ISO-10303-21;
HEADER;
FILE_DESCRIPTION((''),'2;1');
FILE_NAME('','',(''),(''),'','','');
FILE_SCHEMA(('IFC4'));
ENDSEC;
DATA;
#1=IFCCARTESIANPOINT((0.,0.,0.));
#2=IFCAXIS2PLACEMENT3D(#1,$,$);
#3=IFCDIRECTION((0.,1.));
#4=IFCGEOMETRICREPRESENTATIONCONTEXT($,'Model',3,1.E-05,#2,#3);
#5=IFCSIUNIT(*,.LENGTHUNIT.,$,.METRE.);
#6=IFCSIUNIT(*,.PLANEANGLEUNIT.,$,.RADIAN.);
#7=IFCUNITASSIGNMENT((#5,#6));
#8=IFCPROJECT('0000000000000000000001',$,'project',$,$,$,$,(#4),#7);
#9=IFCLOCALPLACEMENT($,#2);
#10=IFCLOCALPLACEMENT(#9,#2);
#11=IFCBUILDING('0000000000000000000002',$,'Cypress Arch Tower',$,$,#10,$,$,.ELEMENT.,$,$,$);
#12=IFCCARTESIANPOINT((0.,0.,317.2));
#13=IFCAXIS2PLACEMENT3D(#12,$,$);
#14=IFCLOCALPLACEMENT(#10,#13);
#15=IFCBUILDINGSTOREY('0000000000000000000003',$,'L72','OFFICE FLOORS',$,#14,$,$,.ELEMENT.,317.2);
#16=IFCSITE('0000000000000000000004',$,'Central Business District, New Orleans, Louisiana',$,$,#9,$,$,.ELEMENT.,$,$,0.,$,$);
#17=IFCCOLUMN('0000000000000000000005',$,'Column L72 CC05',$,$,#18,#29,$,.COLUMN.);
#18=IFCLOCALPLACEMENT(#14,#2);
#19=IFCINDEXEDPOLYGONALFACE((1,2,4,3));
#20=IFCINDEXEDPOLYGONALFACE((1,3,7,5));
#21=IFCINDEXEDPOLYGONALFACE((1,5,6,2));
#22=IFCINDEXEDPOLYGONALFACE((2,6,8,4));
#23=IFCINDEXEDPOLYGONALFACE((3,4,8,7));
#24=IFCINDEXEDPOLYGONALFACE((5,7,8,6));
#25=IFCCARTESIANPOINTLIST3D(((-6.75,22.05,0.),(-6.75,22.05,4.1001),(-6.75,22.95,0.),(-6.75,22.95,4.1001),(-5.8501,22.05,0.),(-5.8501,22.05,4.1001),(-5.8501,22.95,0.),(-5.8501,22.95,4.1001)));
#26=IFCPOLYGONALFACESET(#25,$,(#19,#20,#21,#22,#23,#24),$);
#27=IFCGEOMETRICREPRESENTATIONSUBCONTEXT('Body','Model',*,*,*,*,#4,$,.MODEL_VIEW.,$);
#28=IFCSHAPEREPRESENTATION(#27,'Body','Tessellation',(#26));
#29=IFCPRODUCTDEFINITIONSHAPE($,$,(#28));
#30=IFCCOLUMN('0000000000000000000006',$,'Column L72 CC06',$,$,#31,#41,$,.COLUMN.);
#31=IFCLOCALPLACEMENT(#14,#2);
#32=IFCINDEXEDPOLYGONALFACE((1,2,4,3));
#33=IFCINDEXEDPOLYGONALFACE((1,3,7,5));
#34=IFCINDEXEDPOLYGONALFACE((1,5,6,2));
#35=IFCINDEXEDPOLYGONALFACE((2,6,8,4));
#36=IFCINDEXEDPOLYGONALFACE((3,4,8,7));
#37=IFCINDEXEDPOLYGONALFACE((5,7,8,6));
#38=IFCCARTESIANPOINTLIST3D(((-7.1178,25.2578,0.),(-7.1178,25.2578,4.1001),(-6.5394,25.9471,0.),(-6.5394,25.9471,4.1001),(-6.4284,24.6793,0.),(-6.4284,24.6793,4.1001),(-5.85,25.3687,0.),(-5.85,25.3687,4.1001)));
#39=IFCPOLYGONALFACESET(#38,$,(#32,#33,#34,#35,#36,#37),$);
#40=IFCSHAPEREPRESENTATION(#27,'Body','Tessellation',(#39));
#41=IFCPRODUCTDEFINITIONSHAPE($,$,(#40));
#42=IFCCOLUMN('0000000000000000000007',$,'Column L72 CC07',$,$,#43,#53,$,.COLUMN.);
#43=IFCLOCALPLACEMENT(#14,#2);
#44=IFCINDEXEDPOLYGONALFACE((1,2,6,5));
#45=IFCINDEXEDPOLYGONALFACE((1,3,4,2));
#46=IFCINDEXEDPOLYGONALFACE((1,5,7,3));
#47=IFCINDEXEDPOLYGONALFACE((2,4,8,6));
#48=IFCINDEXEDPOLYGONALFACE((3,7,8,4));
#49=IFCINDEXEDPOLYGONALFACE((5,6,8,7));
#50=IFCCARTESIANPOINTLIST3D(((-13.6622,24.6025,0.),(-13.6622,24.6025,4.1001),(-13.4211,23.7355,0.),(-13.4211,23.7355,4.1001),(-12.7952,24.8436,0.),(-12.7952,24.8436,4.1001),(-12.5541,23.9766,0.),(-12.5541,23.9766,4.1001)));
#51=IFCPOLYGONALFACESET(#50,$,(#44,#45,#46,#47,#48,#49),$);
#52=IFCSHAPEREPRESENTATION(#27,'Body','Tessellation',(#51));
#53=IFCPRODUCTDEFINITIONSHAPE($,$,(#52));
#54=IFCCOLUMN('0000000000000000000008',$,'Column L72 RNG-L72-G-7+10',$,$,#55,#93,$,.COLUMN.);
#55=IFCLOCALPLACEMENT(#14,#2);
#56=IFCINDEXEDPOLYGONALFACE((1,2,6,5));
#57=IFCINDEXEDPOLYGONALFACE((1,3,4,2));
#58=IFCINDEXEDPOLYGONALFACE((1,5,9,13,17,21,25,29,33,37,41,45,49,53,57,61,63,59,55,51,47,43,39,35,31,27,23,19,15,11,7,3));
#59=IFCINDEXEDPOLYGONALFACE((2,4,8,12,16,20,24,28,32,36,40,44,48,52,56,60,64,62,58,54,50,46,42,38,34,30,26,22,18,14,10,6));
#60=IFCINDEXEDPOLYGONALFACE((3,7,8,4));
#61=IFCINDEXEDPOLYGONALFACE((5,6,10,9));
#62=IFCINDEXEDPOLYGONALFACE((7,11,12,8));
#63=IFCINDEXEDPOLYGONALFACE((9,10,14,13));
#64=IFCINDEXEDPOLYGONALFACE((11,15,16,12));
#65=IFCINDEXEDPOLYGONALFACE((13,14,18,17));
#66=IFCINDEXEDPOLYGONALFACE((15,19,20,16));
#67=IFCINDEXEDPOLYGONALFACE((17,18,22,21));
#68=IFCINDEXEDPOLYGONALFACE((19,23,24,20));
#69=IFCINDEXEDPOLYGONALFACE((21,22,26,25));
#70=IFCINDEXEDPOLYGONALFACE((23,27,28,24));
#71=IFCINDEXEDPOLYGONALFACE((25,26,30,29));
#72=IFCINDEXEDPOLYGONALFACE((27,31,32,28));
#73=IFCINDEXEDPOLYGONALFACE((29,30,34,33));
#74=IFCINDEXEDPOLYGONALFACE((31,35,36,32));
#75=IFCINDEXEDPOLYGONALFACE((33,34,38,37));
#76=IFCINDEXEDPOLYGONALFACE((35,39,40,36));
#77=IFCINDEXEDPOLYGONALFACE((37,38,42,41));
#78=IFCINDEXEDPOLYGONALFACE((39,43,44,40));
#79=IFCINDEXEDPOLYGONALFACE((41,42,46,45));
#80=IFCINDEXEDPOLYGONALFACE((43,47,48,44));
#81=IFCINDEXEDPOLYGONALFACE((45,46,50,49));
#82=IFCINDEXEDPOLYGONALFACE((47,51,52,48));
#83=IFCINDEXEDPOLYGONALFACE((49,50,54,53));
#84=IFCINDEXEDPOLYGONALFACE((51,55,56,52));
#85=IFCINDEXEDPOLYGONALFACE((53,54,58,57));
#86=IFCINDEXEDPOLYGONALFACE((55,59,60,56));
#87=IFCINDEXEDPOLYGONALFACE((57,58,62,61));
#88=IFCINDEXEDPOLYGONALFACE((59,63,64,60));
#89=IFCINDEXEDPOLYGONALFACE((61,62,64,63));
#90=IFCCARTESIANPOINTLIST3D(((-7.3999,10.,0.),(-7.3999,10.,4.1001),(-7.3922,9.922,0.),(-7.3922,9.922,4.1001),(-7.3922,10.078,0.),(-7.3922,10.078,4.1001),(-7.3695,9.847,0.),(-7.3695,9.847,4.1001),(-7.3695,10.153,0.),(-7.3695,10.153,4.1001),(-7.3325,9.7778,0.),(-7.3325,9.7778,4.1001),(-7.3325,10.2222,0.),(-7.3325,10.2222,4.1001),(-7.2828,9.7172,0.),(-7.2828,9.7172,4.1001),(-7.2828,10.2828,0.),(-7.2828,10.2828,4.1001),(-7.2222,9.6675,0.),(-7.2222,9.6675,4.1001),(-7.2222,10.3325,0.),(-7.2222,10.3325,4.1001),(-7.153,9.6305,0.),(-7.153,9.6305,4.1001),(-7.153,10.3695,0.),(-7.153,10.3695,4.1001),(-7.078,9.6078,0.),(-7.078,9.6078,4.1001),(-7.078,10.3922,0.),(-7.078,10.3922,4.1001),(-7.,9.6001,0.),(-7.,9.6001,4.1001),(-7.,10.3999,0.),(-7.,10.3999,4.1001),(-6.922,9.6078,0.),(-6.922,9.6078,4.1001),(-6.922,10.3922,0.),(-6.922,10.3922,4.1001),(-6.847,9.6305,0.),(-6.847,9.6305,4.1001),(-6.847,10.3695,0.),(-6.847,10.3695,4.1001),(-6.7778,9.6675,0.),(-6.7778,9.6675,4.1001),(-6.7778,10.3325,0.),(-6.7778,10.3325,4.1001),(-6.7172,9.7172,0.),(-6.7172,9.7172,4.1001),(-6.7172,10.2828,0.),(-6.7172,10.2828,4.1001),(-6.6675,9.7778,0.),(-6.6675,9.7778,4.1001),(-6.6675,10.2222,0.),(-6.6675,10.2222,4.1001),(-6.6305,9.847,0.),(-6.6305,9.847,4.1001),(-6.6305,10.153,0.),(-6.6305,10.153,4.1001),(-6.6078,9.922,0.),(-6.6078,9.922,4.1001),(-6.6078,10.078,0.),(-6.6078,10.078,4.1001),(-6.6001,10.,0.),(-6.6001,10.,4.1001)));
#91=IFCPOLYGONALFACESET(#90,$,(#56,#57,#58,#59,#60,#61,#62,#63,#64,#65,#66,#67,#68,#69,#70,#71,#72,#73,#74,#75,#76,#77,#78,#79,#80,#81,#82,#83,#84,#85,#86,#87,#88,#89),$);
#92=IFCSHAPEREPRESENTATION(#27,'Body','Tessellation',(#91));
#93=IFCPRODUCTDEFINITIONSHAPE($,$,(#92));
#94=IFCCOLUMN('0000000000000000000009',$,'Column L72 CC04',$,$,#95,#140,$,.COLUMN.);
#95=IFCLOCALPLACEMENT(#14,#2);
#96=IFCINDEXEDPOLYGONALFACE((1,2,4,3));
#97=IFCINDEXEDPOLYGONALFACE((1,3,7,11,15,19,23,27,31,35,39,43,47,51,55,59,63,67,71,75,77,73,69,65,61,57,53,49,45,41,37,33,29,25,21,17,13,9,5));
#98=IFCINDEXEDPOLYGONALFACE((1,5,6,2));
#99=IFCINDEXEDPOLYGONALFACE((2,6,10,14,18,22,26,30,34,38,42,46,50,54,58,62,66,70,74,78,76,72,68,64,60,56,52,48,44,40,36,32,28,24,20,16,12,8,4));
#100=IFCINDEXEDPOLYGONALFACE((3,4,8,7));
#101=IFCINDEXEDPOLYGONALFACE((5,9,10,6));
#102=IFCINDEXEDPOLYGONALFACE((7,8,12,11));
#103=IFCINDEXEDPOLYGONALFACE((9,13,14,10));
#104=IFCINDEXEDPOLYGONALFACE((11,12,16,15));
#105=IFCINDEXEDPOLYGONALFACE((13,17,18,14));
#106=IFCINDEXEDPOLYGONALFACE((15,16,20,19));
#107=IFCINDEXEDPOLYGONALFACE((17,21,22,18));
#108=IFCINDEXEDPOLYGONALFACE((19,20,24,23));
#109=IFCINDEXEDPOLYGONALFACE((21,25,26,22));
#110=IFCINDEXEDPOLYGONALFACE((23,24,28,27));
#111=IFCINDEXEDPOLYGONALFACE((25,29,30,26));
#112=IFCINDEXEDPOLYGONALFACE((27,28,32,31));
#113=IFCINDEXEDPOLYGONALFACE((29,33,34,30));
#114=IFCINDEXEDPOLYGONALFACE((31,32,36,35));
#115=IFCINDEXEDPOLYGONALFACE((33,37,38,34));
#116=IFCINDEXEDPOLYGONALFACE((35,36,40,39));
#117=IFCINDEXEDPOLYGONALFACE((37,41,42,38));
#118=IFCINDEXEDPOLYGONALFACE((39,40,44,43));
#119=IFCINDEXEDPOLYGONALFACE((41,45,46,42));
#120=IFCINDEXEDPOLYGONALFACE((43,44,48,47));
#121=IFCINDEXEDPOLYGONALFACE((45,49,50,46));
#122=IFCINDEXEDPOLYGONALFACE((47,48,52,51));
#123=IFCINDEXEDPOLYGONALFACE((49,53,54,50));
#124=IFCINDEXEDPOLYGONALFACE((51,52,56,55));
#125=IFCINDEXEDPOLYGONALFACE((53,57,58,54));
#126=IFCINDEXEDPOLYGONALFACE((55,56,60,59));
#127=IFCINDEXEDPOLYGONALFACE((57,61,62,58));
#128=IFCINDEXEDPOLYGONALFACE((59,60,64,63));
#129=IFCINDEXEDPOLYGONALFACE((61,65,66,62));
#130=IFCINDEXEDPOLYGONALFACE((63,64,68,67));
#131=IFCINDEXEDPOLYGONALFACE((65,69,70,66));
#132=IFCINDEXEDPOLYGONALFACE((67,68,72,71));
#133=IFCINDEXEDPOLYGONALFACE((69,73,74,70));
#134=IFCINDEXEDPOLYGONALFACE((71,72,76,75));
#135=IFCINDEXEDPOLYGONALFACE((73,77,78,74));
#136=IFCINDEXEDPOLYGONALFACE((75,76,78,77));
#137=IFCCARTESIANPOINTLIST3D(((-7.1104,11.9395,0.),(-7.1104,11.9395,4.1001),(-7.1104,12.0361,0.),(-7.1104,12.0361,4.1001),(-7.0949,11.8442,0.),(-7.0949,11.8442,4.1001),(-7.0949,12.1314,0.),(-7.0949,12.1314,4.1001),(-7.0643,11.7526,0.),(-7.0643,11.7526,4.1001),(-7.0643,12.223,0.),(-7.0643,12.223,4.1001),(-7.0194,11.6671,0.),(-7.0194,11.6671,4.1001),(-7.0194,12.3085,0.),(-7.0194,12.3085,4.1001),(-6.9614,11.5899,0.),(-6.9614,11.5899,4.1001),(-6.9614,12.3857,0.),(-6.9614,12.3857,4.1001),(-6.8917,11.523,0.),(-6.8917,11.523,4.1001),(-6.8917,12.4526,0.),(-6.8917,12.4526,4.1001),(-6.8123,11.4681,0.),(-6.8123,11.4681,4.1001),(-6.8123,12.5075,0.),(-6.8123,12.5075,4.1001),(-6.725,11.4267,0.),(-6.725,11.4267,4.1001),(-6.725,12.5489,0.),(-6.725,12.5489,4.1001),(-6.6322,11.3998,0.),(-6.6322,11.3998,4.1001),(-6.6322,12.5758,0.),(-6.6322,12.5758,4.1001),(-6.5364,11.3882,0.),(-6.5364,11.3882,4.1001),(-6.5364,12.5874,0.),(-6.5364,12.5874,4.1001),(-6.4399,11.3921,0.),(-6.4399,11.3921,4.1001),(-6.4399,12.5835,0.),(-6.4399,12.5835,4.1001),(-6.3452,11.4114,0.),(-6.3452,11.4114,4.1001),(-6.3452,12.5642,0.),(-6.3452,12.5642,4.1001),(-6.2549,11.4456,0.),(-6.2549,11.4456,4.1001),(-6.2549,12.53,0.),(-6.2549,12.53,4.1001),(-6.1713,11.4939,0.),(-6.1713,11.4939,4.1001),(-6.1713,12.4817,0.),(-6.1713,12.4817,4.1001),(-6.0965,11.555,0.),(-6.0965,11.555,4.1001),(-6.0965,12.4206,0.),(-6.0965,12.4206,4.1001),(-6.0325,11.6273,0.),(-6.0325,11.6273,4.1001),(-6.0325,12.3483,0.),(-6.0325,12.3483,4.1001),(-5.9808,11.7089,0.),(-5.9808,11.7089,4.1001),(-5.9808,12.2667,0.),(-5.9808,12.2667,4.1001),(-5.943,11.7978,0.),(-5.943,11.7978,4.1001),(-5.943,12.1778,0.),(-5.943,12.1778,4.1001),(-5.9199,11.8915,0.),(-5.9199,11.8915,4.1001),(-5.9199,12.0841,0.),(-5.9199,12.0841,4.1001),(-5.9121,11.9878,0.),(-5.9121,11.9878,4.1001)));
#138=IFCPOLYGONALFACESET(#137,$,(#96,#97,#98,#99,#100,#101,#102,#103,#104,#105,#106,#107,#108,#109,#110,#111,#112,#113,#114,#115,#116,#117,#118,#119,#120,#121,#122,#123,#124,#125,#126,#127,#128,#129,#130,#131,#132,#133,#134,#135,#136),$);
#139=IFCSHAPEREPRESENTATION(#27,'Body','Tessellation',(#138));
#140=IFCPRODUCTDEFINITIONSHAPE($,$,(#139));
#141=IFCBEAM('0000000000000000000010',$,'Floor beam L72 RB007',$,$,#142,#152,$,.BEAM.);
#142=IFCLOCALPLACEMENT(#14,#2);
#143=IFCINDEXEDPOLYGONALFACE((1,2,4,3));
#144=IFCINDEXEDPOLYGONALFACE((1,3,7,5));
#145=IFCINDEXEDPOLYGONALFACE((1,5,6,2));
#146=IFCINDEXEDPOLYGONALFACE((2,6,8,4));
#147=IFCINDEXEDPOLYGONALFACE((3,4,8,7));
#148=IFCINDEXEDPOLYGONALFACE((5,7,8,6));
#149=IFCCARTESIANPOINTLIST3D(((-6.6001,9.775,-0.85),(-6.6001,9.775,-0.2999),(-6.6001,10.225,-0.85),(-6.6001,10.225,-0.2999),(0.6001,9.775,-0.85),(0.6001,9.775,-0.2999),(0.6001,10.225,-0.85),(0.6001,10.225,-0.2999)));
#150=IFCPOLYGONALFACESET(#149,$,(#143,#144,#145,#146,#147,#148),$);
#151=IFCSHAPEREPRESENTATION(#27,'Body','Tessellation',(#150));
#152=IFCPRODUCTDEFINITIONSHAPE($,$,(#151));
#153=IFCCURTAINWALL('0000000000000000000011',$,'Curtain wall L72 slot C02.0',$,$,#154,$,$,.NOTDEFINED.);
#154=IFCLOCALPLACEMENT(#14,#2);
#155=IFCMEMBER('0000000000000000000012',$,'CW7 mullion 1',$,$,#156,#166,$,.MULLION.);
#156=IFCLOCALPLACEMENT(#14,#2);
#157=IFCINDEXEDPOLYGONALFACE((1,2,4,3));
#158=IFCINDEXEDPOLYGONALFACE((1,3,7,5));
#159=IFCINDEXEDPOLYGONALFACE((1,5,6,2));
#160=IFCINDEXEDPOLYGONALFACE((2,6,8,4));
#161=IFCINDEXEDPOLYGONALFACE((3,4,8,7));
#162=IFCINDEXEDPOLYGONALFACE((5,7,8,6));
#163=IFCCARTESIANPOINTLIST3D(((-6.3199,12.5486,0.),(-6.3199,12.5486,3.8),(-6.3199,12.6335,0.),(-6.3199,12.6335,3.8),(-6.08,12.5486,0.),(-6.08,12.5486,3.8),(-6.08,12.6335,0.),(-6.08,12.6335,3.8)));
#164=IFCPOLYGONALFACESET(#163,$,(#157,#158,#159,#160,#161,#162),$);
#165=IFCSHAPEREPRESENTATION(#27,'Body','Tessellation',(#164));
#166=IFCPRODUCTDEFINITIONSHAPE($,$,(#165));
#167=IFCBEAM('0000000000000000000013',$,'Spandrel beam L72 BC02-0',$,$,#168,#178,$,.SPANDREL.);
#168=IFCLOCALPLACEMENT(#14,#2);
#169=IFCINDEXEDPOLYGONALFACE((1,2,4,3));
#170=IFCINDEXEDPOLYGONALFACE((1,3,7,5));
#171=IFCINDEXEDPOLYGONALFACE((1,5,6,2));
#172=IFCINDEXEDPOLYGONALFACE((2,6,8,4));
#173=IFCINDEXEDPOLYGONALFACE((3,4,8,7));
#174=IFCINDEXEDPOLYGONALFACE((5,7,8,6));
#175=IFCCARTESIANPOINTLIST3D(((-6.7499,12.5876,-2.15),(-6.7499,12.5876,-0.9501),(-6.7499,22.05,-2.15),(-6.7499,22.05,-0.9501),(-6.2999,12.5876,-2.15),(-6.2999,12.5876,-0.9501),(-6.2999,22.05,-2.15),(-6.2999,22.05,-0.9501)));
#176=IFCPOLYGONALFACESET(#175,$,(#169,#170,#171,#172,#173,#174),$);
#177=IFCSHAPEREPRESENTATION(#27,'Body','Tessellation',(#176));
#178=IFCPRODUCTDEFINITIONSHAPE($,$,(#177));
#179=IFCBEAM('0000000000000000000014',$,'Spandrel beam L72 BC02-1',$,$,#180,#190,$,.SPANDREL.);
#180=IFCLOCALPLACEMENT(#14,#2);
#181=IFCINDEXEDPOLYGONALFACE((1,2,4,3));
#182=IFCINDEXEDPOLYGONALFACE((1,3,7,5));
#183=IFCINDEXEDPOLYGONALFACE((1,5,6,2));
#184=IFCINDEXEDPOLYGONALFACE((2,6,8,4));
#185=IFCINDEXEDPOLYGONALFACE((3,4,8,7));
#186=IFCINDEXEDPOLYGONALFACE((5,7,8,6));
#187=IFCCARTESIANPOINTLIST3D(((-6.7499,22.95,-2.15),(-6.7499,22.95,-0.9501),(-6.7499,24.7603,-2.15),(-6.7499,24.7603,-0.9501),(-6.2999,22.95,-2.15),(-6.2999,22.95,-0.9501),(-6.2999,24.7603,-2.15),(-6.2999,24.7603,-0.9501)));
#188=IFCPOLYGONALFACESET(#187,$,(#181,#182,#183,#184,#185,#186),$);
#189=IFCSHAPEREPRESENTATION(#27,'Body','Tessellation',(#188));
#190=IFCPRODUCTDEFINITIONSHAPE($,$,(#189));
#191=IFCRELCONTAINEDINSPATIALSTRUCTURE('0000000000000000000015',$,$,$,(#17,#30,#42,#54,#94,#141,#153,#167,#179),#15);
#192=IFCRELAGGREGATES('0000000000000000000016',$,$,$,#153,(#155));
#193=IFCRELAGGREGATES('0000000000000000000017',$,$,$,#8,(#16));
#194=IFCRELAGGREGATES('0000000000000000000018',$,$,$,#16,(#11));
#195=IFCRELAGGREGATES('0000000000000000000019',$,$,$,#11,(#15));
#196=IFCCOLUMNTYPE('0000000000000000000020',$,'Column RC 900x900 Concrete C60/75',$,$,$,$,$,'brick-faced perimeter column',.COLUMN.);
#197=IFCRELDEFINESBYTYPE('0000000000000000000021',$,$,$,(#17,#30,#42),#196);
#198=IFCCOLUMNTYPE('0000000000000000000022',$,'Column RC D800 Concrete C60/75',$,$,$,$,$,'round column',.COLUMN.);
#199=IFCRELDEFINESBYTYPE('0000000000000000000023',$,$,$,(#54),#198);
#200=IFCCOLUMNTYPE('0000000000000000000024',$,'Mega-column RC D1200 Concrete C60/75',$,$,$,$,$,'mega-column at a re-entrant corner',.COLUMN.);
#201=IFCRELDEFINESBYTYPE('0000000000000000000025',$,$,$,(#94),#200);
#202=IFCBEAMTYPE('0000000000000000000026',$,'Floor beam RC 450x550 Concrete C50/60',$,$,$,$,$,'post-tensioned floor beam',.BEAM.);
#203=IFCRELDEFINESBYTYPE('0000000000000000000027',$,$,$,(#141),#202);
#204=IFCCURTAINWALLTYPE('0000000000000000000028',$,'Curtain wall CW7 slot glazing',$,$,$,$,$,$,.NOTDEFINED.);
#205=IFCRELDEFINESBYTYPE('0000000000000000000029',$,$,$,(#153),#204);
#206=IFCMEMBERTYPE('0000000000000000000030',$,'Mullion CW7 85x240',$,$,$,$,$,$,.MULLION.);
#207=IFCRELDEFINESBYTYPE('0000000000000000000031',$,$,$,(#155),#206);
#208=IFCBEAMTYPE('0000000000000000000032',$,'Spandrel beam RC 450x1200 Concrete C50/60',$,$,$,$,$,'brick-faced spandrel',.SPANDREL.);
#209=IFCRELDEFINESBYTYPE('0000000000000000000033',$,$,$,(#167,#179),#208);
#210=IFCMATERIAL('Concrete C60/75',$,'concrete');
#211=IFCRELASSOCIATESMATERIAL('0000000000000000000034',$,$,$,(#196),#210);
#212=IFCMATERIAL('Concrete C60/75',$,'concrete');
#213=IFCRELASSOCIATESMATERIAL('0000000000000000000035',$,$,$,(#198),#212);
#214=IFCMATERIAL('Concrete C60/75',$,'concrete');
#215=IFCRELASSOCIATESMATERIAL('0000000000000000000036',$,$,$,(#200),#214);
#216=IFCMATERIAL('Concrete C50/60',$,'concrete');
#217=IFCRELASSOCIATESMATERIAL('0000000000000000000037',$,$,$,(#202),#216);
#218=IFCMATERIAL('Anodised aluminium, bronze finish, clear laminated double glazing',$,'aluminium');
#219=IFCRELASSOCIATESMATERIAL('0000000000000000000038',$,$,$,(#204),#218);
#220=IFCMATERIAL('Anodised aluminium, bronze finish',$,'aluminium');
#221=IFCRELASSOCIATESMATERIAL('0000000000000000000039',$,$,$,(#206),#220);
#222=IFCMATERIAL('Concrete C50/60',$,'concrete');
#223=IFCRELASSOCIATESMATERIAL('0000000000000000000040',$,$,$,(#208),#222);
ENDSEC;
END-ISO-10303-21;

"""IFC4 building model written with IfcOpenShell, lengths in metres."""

from ifc_helpers import new_model, si_unit, direction, frame, origin, origin_2d, place, context, subcontext, project, spatial, rectangle, circle, extrude, material, material_profile, profile_set, type_object, element, aggregate, save


model = new_model("IFC4")

# Units and contexts
model_context = context("Model", 3, precision=1e-05, world=origin(), true_north=direction((0.0, 1.0)))
body_context = subcontext(model_context, "Body", "Model", "MODEL_VIEW")
ifc_project = project(units=[si_unit("LENGTHUNIT", "METRE"), si_unit("PLANEANGLEUNIT", "RADIAN")], contexts=[model_context])

# Site, building, storey
site_placement = place(None, origin())
site = spatial("IfcSite", under=ifc_project, at=site_placement, Name="Central Business District, New Orleans, Louisiana", CompositionType="ELEMENT", RefElevation=0.0)
building_placement = place(site_placement, origin())
building = spatial("IfcBuilding", under=site, at=building_placement, Name="Cypress Arch Tower", CompositionType="ELEMENT")
storey_placement = place(building_placement, frame((0.0, 0.0, 317.2)))
storey = spatial("IfcBuildingStorey", under=building, at=storey_placement, Name="L72", Description="OFFICE FLOORS", CompositionType="ELEMENT", Elevation=317.2)

# Columns
ifc_material_1 = material(Name="Concrete C60/75", Category="concrete")
ifc_material_profile_1 = material_profile(ifc_material_1, rectangle(XDim=0.8999, YDim=0.8999, at=origin_2d()), Name="RC 900x900")
ifc_profile_set_1 = profile_set([ifc_material_profile_1], Name="Concrete C60/75")
column_type_1 = type_object("IfcColumnType", Name="Column RC 900x900 Concrete C60/75", ElementType="brick-faced perimeter column", PredefinedType="COLUMN", material=ifc_profile_set_1)
for number, where, z_axis, x_axis, name in (
    (1, (-6.3, 22.5, 0.0), (0.0, 0.0, 1.0), (0.0, 1.0, 0.0), "Column L72 CC05"),
    (2, (-6.4839, 25.3132, 0.0), (0.0, 0.0, 1.0), (-0.766064, 0.642765, 0.0), "Column L72 CC06"),
    (3, (-13.1082, 24.2896, 0.0), (0.0, 0.0, 1.0), (-0.963456, -0.267868, 0.0), "Column L72 CC07"),
):
    element("IfcColumn", number, at=place(storey_placement, frame(where, z_axis=z_axis, x_axis=x_axis)), inside=storey, type_object=column_type_1, Name=name, PredefinedType="COLUMN", context=body_context, shape_type="SweptSolid", body=[
        extrude(rectangle(XDim=0.8999, YDim=0.8999, at=origin_2d()), origin(), (0.0, 0.0, 1.0), 4.1001),
    ])
ifc_material_2 = material(Name="Concrete C60/75", Category="concrete")
ifc_material_profile_2 = material_profile(ifc_material_2, circle(Radius=0.3999, at=origin_2d()), Name="RC D800")
ifc_profile_set_2 = profile_set([ifc_material_profile_2], Name="Concrete C60/75")
column_type_2 = type_object("IfcColumnType", Name="Column RC D800 Concrete C60/75", ElementType="round column", PredefinedType="COLUMN", material=ifc_profile_set_2)
column_1_placement = place(storey_placement, frame((-7.0, 10.0, 0.0), z_axis=(0.0, 0.0, 1.0), x_axis=(1.0, 0.0, 0.0)))
element("IfcColumn", 4, at=column_1_placement, inside=storey, type_object=column_type_2, Name="Column L72 RNG-L72-G-7+10", PredefinedType="COLUMN", context=body_context, shape_type="SweptSolid", body=[
    extrude(circle(Radius=0.3999, at=origin_2d()), origin(), (0.0, 0.0, 1.0), 4.1001),
])
ifc_material_3 = material(Name="Concrete C60/75", Category="concrete")
ifc_material_profile_3 = material_profile(ifc_material_3, circle(Radius=0.6001, at=origin_2d()), Name="RC D1200")
ifc_profile_set_3 = profile_set([ifc_material_profile_3], Name="Concrete C60/75")
column_type_3 = type_object("IfcColumnType", Name="Mega-column RC D1200 Concrete C60/75", ElementType="mega-column at a re-entrant corner", PredefinedType="COLUMN", material=ifc_profile_set_3)
column_2_placement = place(storey_placement, frame((-6.5122, 11.9878, 0.0), z_axis=(0.0, 0.0, 1.0), x_axis=(1.0, 0.0, 0.0)))
element("IfcColumn", 5, at=column_2_placement, inside=storey, type_object=column_type_3, Name="Column L72 CC04", PredefinedType="COLUMN", context=body_context, shape_type="SweptSolid", body=[
    extrude(circle(Radius=0.6001, at=origin_2d()), origin(), (0.0, 0.0, 1.0), 4.1001),
])

# Beam
ifc_material_4 = material(Name="Concrete C50/60", Category="concrete")
ifc_material_profile_4 = material_profile(ifc_material_4, rectangle(XDim=0.45, YDim=0.55, at=origin_2d()), Name="RC 450x550")
ifc_profile_set_4 = profile_set([ifc_material_profile_4], Name="Concrete C50/60")
beam_type_1 = type_object("IfcBeamType", Name="Floor beam RC 450x550 Concrete C50/60", ElementType="post-tensioned floor beam", PredefinedType="BEAM", material=ifc_profile_set_4)
beam_1_placement = place(storey_placement, frame((-6.6001, 10.0, -0.575), z_axis=(1.0, 0.0, 0.0), x_axis=(0.0, 1.0, 0.0)))
element("IfcBeam", 6, at=beam_1_placement, inside=storey, type_object=beam_type_1, Name="Floor beam L72 RB007", PredefinedType="BEAM", context=body_context, shape_type="SweptSolid", body=[
    extrude(rectangle(XDim=0.45, YDim=0.55, at=origin_2d()), origin(), (0.0, 0.0, 1.0), 7.2002),
])

# Curtain wall, member
ifc_material_5 = material(Name="Anodised aluminium, bronze finish, clear laminated double glazing", Category="aluminium")
curtain_wall_type = type_object("IfcCurtainWallType", Name="Curtain wall CW7 slot glazing", PredefinedType="NOTDEFINED", material=ifc_material_5)
curtain_wall_placement = place(storey_placement, origin())
curtain_wall = element("IfcCurtainWall", 7, at=curtain_wall_placement, inside=storey, type_object=curtain_wall_type, Name="Curtain wall L72 slot C02.0", PredefinedType="NOTDEFINED")
ifc_material_6 = material(Name="Anodised aluminium, bronze finish", Category="aluminium")
ifc_material_profile_5 = material_profile(ifc_material_6, rectangle(XDim=0.24, YDim=0.085, at=origin_2d()), Name="Mullion 85x240")
ifc_profile_set_5 = profile_set([ifc_material_profile_5], Name="Anodised aluminium, bronze finish")
member_type_1 = type_object("IfcMemberType", Name="Mullion CW7 85x240", PredefinedType="MULLION", material=ifc_profile_set_5)
member_1_placement = place(storey_placement, frame((-6.2, 12.5911, 0.0), z_axis=(0.0, 0.0, 1.0), x_axis=(-1.0, 0.0, 0.0)))
member_1 = element("IfcMember", 8, at=member_1_placement, type_object=member_type_1, Name="CW7 mullion 1", PredefinedType="MULLION", context=body_context, shape_type="SweptSolid", body=[
    extrude(rectangle(XDim=0.24, YDim=0.085, at=origin_2d()), origin(), (0.0, 0.0, 1.0), 3.8),
])

# Beams
ifc_material_7 = material(Name="Concrete C50/60", Category="concrete")
ifc_material_profile_6 = material_profile(ifc_material_7, rectangle(XDim=0.45, YDim=1.2, at=origin_2d()), Name="RC 450x1200")
ifc_profile_set_6 = profile_set([ifc_material_profile_6], Name="Concrete C50/60")
beam_type_2 = type_object("IfcBeamType", Name="Spandrel beam RC 450x1200 Concrete C50/60", ElementType="brick-faced spandrel", PredefinedType="SPANDREL", material=ifc_profile_set_6)
beam_2_placement = place(storey_placement, frame((-6.5249, 12.5876, -1.55), z_axis=(0.0, 1.0, 0.0), x_axis=(-1.0, 0.0, 0.0)))
element("IfcBeam", 9, at=beam_2_placement, inside=storey, type_object=beam_type_2, Name="Spandrel beam L72 BC02-0", PredefinedType="SPANDREL", context=body_context, shape_type="SweptSolid", body=[
    extrude(rectangle(XDim=0.45, YDim=1.2, at=origin_2d()), origin(), (0.0, 0.0, 1.0), 9.4624),
])
beam_3_placement = place(storey_placement, frame((-6.5249, 22.95, -1.55), z_axis=(0.0, 1.0, 0.0), x_axis=(-1.0, 0.0, 0.0)))
element("IfcBeam", 10, at=beam_3_placement, inside=storey, type_object=beam_type_2, Name="Spandrel beam L72 BC02-1", PredefinedType="SPANDREL", context=body_context, shape_type="SweptSolid", body=[
    extrude(rectangle(XDim=0.45, YDim=1.2, at=origin_2d()), origin(), (0.0, 0.0, 1.0), 1.8103),
])

aggregate(curtain_wall, [member_1])

save(model, "model.ifc")
